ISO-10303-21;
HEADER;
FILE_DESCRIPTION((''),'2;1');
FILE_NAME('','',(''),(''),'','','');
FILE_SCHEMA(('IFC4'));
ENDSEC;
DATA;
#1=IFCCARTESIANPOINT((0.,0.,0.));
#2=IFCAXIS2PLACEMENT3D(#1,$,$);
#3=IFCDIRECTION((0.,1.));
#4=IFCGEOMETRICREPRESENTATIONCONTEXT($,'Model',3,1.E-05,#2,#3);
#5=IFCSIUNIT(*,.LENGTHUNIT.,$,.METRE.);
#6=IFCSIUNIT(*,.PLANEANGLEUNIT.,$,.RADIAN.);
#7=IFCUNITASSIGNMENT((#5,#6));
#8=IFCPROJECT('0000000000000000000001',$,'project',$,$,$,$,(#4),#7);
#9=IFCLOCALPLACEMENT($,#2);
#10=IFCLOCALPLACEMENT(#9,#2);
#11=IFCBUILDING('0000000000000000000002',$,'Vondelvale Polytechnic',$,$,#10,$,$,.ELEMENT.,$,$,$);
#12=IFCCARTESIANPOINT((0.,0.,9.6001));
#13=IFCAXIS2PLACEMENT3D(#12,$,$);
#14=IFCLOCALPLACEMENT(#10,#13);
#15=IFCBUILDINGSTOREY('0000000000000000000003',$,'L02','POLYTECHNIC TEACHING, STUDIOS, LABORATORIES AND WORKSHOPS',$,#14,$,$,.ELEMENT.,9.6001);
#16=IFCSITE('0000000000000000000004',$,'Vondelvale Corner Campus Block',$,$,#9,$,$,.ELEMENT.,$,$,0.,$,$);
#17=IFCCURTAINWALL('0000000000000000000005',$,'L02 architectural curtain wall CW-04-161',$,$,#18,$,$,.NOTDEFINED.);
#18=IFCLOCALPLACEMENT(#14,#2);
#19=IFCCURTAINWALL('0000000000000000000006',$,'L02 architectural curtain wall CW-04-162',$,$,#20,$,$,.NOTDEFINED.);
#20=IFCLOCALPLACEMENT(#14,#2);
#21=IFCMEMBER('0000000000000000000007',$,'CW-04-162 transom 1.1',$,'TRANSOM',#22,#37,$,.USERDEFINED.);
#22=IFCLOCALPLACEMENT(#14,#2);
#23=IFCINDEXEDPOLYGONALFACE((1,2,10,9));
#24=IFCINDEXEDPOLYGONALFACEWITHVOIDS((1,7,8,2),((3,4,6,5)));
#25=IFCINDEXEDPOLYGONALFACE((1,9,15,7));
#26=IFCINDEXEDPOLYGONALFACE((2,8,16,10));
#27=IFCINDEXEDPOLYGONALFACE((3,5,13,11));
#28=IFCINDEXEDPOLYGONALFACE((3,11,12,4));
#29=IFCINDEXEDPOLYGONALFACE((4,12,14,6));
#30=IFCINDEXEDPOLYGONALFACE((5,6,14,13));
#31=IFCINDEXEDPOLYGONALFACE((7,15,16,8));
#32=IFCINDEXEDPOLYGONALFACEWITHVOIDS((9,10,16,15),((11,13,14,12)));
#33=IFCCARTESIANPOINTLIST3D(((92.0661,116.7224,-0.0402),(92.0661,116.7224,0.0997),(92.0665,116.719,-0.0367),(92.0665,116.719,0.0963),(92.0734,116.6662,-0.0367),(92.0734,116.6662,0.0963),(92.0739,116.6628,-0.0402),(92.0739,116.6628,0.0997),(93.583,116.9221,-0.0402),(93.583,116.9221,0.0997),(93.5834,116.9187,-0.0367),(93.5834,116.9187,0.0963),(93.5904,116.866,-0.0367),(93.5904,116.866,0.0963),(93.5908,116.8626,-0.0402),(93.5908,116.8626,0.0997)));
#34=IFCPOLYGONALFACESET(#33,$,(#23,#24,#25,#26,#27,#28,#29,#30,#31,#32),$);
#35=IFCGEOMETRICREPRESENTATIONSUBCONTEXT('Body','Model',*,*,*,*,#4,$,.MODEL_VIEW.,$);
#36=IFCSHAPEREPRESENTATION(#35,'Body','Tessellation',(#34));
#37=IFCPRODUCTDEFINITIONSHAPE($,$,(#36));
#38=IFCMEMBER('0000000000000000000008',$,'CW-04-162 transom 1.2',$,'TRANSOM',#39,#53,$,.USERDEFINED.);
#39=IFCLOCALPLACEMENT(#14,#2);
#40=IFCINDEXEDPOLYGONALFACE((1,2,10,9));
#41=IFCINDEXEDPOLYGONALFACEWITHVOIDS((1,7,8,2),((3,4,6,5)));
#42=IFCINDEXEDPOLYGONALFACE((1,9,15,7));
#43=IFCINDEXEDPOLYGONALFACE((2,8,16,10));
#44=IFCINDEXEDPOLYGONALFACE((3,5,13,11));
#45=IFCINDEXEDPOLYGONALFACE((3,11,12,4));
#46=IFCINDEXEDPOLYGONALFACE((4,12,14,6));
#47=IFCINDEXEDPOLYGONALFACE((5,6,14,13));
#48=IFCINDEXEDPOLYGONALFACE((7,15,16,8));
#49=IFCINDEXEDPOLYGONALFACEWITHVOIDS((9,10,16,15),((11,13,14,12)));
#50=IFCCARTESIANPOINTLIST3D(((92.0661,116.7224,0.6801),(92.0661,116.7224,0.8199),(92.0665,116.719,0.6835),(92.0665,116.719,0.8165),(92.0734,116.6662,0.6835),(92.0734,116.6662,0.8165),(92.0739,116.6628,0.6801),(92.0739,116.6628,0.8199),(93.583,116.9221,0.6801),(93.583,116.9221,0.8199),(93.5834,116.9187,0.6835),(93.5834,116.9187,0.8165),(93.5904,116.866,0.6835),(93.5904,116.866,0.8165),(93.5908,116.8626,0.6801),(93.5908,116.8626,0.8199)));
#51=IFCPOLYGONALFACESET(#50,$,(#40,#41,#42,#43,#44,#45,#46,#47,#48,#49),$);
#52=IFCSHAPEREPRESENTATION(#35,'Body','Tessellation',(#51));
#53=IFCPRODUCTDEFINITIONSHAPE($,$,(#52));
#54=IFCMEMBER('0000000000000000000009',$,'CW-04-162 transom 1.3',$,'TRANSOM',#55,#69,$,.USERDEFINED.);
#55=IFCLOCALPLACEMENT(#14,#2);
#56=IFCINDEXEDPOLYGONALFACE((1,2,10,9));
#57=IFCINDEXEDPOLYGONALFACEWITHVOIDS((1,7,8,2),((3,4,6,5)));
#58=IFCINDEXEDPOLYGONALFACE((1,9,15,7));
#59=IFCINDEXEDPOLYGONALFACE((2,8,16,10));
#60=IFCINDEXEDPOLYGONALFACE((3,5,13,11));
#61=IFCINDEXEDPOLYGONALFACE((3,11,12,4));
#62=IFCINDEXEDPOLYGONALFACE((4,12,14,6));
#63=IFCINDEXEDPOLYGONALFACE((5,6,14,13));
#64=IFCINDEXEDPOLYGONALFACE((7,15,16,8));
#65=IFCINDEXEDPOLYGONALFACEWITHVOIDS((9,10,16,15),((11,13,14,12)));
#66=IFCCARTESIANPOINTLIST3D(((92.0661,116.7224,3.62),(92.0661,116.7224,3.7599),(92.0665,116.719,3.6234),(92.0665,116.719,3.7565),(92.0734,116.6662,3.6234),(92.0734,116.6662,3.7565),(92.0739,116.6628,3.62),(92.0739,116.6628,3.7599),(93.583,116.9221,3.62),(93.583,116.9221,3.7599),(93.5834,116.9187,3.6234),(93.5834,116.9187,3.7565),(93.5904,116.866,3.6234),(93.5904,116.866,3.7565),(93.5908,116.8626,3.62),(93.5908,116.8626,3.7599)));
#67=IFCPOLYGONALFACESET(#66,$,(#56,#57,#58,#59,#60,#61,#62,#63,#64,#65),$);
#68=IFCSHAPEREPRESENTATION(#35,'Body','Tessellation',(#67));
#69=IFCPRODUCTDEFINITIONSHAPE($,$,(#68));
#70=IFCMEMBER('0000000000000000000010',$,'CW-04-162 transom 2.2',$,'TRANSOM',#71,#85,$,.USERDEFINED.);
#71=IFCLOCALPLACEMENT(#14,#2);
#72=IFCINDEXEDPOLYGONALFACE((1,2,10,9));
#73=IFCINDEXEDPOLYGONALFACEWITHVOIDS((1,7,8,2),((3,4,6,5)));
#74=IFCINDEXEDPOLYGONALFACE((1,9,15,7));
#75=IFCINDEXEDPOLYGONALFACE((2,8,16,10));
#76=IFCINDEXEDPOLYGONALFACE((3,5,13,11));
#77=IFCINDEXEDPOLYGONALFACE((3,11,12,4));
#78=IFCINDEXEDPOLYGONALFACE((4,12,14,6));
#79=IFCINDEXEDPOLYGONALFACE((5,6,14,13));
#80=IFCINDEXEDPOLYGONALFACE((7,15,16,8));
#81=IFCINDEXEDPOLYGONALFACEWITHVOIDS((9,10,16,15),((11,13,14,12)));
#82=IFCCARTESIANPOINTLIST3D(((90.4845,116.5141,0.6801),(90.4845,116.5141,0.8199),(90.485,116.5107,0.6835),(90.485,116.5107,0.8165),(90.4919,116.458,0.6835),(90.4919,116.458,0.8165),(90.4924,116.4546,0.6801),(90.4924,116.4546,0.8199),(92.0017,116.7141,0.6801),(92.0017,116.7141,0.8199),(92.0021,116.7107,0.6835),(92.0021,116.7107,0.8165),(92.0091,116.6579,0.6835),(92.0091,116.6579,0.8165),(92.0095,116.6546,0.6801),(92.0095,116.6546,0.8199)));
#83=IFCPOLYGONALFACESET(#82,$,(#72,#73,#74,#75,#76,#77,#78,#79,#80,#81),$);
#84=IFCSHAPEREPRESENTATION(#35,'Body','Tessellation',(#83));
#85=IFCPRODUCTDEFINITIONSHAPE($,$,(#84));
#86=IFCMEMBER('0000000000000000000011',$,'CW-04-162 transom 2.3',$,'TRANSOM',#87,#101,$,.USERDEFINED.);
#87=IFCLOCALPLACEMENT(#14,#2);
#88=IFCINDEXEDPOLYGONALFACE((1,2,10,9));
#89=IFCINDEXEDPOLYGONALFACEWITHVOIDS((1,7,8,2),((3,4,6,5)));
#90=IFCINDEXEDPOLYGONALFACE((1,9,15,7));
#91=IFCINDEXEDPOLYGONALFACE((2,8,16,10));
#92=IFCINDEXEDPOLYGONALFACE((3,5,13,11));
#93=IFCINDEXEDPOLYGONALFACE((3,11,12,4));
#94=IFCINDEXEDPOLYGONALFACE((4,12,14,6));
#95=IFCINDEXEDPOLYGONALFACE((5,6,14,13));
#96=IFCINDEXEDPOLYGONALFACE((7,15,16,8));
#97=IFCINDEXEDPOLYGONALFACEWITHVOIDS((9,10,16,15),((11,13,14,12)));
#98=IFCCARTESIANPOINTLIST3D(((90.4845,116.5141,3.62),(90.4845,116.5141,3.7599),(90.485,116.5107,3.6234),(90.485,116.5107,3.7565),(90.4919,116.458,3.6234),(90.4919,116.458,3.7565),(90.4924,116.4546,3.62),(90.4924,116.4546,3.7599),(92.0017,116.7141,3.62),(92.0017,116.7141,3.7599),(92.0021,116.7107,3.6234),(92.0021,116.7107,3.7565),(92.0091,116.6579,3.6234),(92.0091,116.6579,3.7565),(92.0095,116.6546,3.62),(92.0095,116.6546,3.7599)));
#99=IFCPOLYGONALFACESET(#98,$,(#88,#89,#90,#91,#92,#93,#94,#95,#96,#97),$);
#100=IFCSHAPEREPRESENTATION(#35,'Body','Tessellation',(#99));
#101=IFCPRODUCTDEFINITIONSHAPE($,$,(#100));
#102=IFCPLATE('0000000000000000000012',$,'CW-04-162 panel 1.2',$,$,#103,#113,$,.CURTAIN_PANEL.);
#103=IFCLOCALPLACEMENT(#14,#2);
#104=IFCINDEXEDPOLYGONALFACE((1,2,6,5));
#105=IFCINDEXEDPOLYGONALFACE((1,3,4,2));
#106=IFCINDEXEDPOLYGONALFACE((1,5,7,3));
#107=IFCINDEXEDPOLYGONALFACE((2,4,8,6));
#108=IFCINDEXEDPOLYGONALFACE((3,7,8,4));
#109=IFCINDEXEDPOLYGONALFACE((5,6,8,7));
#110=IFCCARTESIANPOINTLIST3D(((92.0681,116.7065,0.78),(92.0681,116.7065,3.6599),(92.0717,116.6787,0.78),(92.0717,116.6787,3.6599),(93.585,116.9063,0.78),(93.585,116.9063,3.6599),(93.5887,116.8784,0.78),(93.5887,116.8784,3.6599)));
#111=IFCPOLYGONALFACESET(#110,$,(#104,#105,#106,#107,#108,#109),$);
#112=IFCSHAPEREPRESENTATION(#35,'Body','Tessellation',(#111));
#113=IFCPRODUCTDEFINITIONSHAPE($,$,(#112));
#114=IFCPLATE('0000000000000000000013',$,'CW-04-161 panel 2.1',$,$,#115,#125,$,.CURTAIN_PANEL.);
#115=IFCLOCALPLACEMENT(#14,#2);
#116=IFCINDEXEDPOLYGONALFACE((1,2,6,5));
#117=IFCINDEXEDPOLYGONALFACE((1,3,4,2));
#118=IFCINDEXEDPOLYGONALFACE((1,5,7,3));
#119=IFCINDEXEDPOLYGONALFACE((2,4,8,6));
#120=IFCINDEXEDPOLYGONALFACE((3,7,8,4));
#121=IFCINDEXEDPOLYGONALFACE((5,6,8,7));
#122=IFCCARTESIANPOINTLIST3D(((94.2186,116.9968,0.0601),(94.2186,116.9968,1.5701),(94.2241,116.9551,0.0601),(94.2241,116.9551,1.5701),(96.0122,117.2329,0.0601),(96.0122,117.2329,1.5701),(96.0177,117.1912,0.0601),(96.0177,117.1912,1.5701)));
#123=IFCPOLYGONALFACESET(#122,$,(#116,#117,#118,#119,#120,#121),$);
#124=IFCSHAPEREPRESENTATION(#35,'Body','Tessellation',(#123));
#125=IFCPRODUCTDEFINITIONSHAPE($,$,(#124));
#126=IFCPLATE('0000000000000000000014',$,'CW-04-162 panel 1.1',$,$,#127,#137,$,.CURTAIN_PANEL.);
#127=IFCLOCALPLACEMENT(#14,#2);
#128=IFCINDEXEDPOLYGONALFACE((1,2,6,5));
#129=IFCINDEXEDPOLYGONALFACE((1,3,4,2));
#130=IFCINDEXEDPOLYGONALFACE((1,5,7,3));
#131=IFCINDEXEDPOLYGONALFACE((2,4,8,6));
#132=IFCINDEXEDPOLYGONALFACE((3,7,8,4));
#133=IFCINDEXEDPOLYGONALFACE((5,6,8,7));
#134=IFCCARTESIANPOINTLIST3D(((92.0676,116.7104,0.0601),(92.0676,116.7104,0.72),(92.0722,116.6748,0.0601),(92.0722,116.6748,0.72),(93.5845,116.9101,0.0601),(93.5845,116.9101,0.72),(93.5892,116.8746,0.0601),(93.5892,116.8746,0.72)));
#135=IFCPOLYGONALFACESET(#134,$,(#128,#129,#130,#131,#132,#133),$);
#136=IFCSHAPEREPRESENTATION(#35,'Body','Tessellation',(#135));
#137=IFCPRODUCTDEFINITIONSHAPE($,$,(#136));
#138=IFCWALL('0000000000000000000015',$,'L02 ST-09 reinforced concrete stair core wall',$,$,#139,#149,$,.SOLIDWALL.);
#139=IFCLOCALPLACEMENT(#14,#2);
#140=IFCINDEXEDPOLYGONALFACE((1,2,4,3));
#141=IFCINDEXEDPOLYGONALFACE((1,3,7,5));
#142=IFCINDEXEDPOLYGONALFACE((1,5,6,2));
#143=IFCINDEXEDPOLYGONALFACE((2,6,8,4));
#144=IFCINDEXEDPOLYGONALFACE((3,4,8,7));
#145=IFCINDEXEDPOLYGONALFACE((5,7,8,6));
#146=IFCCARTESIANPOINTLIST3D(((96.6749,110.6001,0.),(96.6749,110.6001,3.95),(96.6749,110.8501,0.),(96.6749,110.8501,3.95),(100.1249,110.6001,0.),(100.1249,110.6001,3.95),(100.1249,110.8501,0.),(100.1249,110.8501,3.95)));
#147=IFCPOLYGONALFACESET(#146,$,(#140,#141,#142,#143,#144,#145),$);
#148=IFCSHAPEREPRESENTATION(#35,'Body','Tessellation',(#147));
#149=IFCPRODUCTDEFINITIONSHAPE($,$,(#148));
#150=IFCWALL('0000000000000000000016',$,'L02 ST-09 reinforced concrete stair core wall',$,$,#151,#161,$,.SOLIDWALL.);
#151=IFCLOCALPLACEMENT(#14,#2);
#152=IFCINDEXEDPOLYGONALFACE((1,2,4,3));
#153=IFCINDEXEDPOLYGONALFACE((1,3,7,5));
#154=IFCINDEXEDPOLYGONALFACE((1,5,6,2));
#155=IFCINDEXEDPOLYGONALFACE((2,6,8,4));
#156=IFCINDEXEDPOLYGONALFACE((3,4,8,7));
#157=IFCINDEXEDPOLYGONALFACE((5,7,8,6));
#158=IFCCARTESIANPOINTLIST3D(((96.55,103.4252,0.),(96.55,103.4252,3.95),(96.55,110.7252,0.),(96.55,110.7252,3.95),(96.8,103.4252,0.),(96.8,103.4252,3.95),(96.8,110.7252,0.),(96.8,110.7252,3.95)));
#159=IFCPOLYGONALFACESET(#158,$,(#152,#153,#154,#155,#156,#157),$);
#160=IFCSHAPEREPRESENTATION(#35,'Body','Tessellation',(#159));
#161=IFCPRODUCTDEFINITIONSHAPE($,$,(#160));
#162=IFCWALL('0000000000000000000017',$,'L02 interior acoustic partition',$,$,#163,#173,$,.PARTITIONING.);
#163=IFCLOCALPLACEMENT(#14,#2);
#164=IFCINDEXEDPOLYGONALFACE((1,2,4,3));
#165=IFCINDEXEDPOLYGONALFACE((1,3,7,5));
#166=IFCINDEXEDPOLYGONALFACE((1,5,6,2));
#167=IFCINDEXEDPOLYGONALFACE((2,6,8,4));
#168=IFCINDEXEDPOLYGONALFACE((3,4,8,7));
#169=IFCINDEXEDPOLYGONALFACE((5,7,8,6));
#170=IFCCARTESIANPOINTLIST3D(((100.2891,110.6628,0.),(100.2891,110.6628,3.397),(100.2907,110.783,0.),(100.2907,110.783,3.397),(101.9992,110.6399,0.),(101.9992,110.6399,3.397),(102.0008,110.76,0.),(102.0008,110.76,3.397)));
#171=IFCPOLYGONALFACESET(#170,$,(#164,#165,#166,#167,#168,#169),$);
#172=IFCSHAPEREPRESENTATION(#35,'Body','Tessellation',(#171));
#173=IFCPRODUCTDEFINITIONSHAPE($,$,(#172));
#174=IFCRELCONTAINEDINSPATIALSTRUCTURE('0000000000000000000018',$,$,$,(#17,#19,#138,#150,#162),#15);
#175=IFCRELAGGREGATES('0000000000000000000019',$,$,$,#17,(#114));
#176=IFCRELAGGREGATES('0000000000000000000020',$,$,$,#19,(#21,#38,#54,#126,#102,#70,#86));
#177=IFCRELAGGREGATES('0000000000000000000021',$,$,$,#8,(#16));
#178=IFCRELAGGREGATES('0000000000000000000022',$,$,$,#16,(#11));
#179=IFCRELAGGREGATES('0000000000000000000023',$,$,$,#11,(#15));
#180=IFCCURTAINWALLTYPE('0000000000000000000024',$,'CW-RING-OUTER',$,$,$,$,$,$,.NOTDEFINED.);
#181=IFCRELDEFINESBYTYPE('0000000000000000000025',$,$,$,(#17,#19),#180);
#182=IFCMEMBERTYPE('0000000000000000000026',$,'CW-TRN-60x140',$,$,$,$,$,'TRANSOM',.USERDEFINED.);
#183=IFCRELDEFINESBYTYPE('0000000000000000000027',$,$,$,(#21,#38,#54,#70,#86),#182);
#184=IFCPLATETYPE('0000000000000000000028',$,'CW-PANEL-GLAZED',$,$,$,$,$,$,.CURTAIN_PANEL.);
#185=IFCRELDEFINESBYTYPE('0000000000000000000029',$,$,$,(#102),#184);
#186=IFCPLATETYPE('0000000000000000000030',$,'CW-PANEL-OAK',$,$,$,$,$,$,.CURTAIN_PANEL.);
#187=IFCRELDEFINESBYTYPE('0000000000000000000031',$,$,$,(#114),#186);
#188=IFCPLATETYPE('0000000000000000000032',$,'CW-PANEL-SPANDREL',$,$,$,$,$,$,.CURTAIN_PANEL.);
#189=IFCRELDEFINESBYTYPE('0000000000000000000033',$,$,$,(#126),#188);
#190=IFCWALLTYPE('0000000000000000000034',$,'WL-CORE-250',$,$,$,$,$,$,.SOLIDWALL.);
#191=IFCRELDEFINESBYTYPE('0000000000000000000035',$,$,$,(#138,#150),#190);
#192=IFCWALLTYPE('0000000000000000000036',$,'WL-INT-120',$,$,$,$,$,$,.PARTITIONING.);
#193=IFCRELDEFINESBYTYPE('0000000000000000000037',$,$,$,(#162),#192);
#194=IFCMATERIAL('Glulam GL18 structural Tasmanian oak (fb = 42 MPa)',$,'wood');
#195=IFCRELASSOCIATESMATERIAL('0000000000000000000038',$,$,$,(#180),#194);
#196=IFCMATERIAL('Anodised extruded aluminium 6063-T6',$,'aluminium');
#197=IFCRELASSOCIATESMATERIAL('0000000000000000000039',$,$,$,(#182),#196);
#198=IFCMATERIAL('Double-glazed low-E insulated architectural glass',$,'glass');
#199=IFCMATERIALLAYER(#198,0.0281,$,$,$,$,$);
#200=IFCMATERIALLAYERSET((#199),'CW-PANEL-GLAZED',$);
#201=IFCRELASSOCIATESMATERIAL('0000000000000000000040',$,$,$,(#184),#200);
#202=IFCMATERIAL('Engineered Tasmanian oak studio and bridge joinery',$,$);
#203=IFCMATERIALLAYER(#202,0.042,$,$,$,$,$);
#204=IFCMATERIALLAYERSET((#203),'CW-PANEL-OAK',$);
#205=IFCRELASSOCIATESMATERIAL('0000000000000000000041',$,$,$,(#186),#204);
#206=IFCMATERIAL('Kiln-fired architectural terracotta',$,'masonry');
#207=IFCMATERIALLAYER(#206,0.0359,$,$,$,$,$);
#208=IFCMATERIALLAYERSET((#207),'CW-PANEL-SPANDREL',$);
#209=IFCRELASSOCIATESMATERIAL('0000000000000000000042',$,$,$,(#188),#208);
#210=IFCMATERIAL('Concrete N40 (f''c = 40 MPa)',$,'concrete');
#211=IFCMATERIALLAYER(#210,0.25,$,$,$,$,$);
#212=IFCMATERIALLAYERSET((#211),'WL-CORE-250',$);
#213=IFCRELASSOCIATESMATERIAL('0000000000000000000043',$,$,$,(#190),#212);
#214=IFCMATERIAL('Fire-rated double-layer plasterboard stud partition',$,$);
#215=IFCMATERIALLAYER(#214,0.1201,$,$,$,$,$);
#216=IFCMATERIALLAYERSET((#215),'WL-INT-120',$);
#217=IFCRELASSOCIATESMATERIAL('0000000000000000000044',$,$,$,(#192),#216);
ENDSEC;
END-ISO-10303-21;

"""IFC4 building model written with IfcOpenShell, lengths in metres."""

from ifc_helpers import new_model, si_unit, direction, frame, frame_2d, origin, origin_2d, place, context, subcontext, project, spatial, rectangle, hollow_rectangle, extrude, material, layer, layer_set, material_profile, profile_set, type_object, element, aggregate, save


model = new_model("IFC4")

# Units and contexts
model_context = context("Model", 3, precision=1e-05, world=origin(), true_north=direction((0.0, 1.0)))
body_context = subcontext(model_context, "Body", "Model", "MODEL_VIEW")
ifc_project = project(units=[si_unit("LENGTHUNIT", "METRE"), si_unit("PLANEANGLEUNIT", "RADIAN")], contexts=[model_context])

# Site, building, storey
site_placement = place(None, origin())
site = spatial("IfcSite", under=ifc_project, at=site_placement, Name="Vondelvale Corner Campus Block", CompositionType="ELEMENT", RefElevation=0.0)
building_placement = place(site_placement, origin())
building = spatial("IfcBuilding", under=site, at=building_placement, Name="Vondelvale Polytechnic", CompositionType="ELEMENT")
storey_placement = place(building_placement, frame((0.0, 0.0, 9.6001)))
storey = spatial("IfcBuildingStorey", under=building, at=storey_placement, Name="L02", Description="POLYTECHNIC TEACHING, STUDIOS, LABORATORIES AND WORKSHOPS", CompositionType="ELEMENT", Elevation=9.6001)

# Shared definitions
ifc_material_1 = material(Name="Glulam GL18 structural Tasmanian oak (fb = 42 MPa)", Category="wood")

# Shared definitions
ifc_material_2 = material(Name="Concrete N40 (f'c = 40 MPa)", Category="concrete")

# Curtain wall
curtain_wall_type = type_object("IfcCurtainWallType", Name="CW-RING-OUTER", PredefinedType="NOTDEFINED", material=ifc_material_1)
curtain_wall_1_placement = place(storey_placement, origin())
curtain_wall_1 = element("IfcCurtainWall", 1, at=curtain_wall_1_placement, inside=storey, type_object=curtain_wall_type, Name="L02 architectural curtain wall CW-04-161", PredefinedType="NOTDEFINED")
ifc_material_3 = material(Name="Anodised extruded aluminium 6063-T6", Category="aluminium")

# Curtain wall, members, plate
curtain_wall_2_placement = place(storey_placement, origin())
curtain_wall_2 = element("IfcCurtainWall", 2, at=curtain_wall_2_placement, inside=storey, type_object=curtain_wall_type, Name="L02 architectural curtain wall CW-04-162", PredefinedType="NOTDEFINED")
ifc_material_profile_1 = material_profile(ifc_material_3, hollow_rectangle(XDim=0.0601, YDim=0.1399, WallThickness=0.0034, at=origin_2d()), Name="CW-TRN-140x60")
ifc_profile_set_1 = profile_set([ifc_material_profile_1], Name="Anodised extruded aluminium 6063-T6")
member_type_1 = type_object("IfcMemberType", Name="CW-TRN-60x140", ElementType="TRANSOM", PredefinedType="USERDEFINED", material=ifc_profile_set_1)
member_1_placement = place(storey_placement, frame((93.5869, 116.8923, 0.0298), z_axis=(-0.991444, -0.130533, 0.0), x_axis=(0.130533, -0.991444, 0.0)))
member_1 = element("IfcMember", 3, at=member_1_placement, type_object=member_type_1, Name="CW-04-162 transom 1.1", ObjectType="TRANSOM", PredefinedType="USERDEFINED", context=body_context, shape_type="SweptSolid", body=[
    extrude(hollow_rectangle(XDim=0.0601, YDim=0.1399, WallThickness=0.0034, at=origin_2d()), origin(), (0.0, 0.0, 1.0), 1.53),
])
member_2_placement = place(storey_placement, frame((93.5869, 116.8923, 0.75), z_axis=(-0.991444, -0.130533, 0.0), x_axis=(0.130533, -0.991444, 0.0)))
member_2 = element("IfcMember", 4, at=member_2_placement, type_object=member_type_1, Name="CW-04-162 transom 1.2", ObjectType="TRANSOM", PredefinedType="USERDEFINED", context=body_context, shape_type="SweptSolid", body=[
    extrude(hollow_rectangle(XDim=0.0601, YDim=0.1399, WallThickness=0.0034, at=origin_2d()), origin(), (0.0, 0.0, 1.0), 1.53),
])
member_3_placement = place(storey_placement, frame((93.5869, 116.8923, 3.6899), z_axis=(-0.991444, -0.130533, 0.0), x_axis=(0.130533, -0.991444, 0.0)))
member_3 = element("IfcMember", 5, at=member_3_placement, type_object=member_type_1, Name="CW-04-162 transom 1.3", ObjectType="TRANSOM", PredefinedType="USERDEFINED", context=body_context, shape_type="SweptSolid", body=[
    extrude(hollow_rectangle(XDim=0.0601, YDim=0.1399, WallThickness=0.0034, at=origin_2d()), origin(), (0.0, 0.0, 1.0), 1.53),
])
member_4_placement = place(storey_placement, frame((92.0056, 116.6843, 0.75), z_axis=(-0.991426, -0.130669, 0.0), x_axis=(0.130669, -0.991426, 0.0)))
member_4 = element("IfcMember", 6, at=member_4_placement, type_object=member_type_1, Name="CW-04-162 transom 2.2", ObjectType="TRANSOM", PredefinedType="USERDEFINED", context=body_context, shape_type="SweptSolid", body=[
    extrude(hollow_rectangle(XDim=0.0601, YDim=0.1399, WallThickness=0.0034, at=origin_2d()), origin(), (0.0, 0.0, 1.0), 1.5303),
])
member_5_placement = place(storey_placement, frame((92.0056, 116.6843, 3.6899), z_axis=(-0.991426, -0.130669, 0.0), x_axis=(0.130669, -0.991426, 0.0)))
member_5 = element("IfcMember", 7, at=member_5_placement, type_object=member_type_1, Name="CW-04-162 transom 2.3", ObjectType="TRANSOM", PredefinedType="USERDEFINED", context=body_context, shape_type="SweptSolid", body=[
    extrude(hollow_rectangle(XDim=0.0601, YDim=0.1399, WallThickness=0.0034, at=origin_2d()), origin(), (0.0, 0.0, 1.0), 1.5303),
])
ifc_material_4 = material(Name="Double-glazed low-E insulated architectural glass", Category="glass")
ifc_layer_1 = layer(ifc_material_4, 0.0281)
ifc_layer_set_1 = layer_set([ifc_layer_1], Name="CW-PANEL-GLAZED")
plate_type_1 = type_object("IfcPlateType", Name="CW-PANEL-GLAZED", PredefinedType="CURTAIN_PANEL", material=ifc_layer_set_1)
plate_1_placement = place(storey_placement, frame((92.8284, 116.7925, 0.78), z_axis=(0.0, 0.0, 1.0), x_axis=(-0.991443, -0.13054, 0.0)))
plate_1 = element("IfcPlate", 8, at=plate_1_placement, type_object=plate_type_1, Name="CW-04-162 panel 1.2", PredefinedType="CURTAIN_PANEL", context=body_context, shape_type="SweptSolid", body=[
    extrude(rectangle(XDim=1.53, YDim=0.0281, at=origin_2d()), origin(), (0.0, 0.0, 1.0), 2.8799),
])

# Plates
ifc_material_5 = material(Name="Engineered Tasmanian oak studio and bridge joinery")
ifc_layer_2 = layer(ifc_material_5, 0.042)
ifc_layer_set_2 = layer_set([ifc_layer_2], Name="CW-PANEL-OAK")
plate_type_2 = type_object("IfcPlateType", Name="CW-PANEL-OAK", PredefinedType="CURTAIN_PANEL", material=ifc_layer_set_2)
plate_2_placement = place(storey_placement, frame((95.1182, 117.094, 0.0601), z_axis=(0.0, 0.0, 1.0), x_axis=(-0.991449, -0.130497, 0.0)))
plate_2 = element("IfcPlate", 9, at=plate_2_placement, type_object=plate_type_2, Name="CW-04-161 panel 2.1", PredefinedType="CURTAIN_PANEL", context=body_context, shape_type="SweptSolid", body=[
    extrude(rectangle(XDim=1.8091, YDim=0.042, at=origin_2d()), origin(), (0.0, 0.0, 1.0), 1.51),
])
aggregate(curtain_wall_1, [plate_2])
ifc_material_6 = material(Name="Kiln-fired architectural terracotta", Category="masonry")
ifc_layer_3 = layer(ifc_material_6, 0.0359)
ifc_layer_set_3 = layer_set([ifc_layer_3], Name="CW-PANEL-SPANDREL")
plate_type_3 = type_object("IfcPlateType", Name="CW-PANEL-SPANDREL", PredefinedType="CURTAIN_PANEL", material=ifc_layer_set_3)
plate_3_placement = place(storey_placement, frame((92.8284, 116.7925, 0.0601), z_axis=(0.0, 0.0, 1.0), x_axis=(-0.991443, -0.13054, 0.0)))
plate_3 = element("IfcPlate", 10, at=plate_3_placement, type_object=plate_type_3, Name="CW-04-162 panel 1.1", PredefinedType="CURTAIN_PANEL", context=body_context, shape_type="SweptSolid", body=[
    extrude(rectangle(XDim=1.53, YDim=0.0359, at=origin_2d()), origin(), (0.0, 0.0, 1.0), 0.6599),
])
aggregate(curtain_wall_2, [member_1, member_2, member_3, plate_3, plate_1, member_4, member_5])

# Walls
ifc_layer_4 = layer(ifc_material_2, 0.25)
ifc_layer_set_4 = layer_set([ifc_layer_4], Name="WL-CORE-250")
wall_type_1 = type_object("IfcWallType", Name="WL-CORE-250", PredefinedType="SOLIDWALL", material=ifc_layer_set_4)
wall_1_placement = place(storey_placement, frame((100.125, 110.7251, 0.0), z_axis=(0.0, 0.0, 1.0), x_axis=(-1.0, 0.0, 0.0)))
element("IfcWall", 11, at=wall_1_placement, inside=storey, type_object=wall_type_1, Name="L02 ST-09 reinforced concrete stair core wall", PredefinedType="SOLIDWALL", context=body_context, shape_type="SweptSolid", body=[
    extrude(rectangle(XDim=3.45, YDim=0.25, at=frame_2d((1.7251, 0.0))), origin(), (0.0, 0.0, 1.0), 3.95),
])
wall_2_placement = place(storey_placement, frame((96.675, 110.7251, 0.0), z_axis=(0.0, 0.0, 1.0), x_axis=(0.0, -1.0, 0.0)))
element("IfcWall", 12, at=wall_2_placement, inside=storey, type_object=wall_type_1, Name="L02 ST-09 reinforced concrete stair core wall", PredefinedType="SOLIDWALL", context=body_context, shape_type="SweptSolid", body=[
    extrude(rectangle(XDim=7.3, YDim=0.25, at=frame_2d((3.6499, 0.0))), origin(), (0.0, 0.0, 1.0), 3.95),
])
ifc_material_7 = material(Name="Fire-rated double-layer plasterboard stud partition")
ifc_layer_5 = layer(ifc_material_7, 0.1201)
ifc_layer_set_5 = layer_set([ifc_layer_5], Name="WL-INT-120")
wall_type_2 = type_object("IfcWallType", Name="WL-INT-120", PredefinedType="PARTITIONING", material=ifc_layer_set_5)
wall_3_placement = place(storey_placement, frame((100.29, 110.7229, 0.0), z_axis=(0.0, 0.0, 1.0), x_axis=(0.99991, -0.01342, 0.0)))
element("IfcWall", 13, at=wall_3_placement, inside=storey, type_object=wall_type_2, Name="L02 interior acoustic partition", PredefinedType="PARTITIONING", context=body_context, shape_type="SweptSolid", body=[
    extrude(rectangle(XDim=1.7102, YDim=0.1201, at=frame_2d((0.855, 0.0))), origin(), (0.0, 0.0, 1.0), 3.397),
])

save(model, "model.ifc")
